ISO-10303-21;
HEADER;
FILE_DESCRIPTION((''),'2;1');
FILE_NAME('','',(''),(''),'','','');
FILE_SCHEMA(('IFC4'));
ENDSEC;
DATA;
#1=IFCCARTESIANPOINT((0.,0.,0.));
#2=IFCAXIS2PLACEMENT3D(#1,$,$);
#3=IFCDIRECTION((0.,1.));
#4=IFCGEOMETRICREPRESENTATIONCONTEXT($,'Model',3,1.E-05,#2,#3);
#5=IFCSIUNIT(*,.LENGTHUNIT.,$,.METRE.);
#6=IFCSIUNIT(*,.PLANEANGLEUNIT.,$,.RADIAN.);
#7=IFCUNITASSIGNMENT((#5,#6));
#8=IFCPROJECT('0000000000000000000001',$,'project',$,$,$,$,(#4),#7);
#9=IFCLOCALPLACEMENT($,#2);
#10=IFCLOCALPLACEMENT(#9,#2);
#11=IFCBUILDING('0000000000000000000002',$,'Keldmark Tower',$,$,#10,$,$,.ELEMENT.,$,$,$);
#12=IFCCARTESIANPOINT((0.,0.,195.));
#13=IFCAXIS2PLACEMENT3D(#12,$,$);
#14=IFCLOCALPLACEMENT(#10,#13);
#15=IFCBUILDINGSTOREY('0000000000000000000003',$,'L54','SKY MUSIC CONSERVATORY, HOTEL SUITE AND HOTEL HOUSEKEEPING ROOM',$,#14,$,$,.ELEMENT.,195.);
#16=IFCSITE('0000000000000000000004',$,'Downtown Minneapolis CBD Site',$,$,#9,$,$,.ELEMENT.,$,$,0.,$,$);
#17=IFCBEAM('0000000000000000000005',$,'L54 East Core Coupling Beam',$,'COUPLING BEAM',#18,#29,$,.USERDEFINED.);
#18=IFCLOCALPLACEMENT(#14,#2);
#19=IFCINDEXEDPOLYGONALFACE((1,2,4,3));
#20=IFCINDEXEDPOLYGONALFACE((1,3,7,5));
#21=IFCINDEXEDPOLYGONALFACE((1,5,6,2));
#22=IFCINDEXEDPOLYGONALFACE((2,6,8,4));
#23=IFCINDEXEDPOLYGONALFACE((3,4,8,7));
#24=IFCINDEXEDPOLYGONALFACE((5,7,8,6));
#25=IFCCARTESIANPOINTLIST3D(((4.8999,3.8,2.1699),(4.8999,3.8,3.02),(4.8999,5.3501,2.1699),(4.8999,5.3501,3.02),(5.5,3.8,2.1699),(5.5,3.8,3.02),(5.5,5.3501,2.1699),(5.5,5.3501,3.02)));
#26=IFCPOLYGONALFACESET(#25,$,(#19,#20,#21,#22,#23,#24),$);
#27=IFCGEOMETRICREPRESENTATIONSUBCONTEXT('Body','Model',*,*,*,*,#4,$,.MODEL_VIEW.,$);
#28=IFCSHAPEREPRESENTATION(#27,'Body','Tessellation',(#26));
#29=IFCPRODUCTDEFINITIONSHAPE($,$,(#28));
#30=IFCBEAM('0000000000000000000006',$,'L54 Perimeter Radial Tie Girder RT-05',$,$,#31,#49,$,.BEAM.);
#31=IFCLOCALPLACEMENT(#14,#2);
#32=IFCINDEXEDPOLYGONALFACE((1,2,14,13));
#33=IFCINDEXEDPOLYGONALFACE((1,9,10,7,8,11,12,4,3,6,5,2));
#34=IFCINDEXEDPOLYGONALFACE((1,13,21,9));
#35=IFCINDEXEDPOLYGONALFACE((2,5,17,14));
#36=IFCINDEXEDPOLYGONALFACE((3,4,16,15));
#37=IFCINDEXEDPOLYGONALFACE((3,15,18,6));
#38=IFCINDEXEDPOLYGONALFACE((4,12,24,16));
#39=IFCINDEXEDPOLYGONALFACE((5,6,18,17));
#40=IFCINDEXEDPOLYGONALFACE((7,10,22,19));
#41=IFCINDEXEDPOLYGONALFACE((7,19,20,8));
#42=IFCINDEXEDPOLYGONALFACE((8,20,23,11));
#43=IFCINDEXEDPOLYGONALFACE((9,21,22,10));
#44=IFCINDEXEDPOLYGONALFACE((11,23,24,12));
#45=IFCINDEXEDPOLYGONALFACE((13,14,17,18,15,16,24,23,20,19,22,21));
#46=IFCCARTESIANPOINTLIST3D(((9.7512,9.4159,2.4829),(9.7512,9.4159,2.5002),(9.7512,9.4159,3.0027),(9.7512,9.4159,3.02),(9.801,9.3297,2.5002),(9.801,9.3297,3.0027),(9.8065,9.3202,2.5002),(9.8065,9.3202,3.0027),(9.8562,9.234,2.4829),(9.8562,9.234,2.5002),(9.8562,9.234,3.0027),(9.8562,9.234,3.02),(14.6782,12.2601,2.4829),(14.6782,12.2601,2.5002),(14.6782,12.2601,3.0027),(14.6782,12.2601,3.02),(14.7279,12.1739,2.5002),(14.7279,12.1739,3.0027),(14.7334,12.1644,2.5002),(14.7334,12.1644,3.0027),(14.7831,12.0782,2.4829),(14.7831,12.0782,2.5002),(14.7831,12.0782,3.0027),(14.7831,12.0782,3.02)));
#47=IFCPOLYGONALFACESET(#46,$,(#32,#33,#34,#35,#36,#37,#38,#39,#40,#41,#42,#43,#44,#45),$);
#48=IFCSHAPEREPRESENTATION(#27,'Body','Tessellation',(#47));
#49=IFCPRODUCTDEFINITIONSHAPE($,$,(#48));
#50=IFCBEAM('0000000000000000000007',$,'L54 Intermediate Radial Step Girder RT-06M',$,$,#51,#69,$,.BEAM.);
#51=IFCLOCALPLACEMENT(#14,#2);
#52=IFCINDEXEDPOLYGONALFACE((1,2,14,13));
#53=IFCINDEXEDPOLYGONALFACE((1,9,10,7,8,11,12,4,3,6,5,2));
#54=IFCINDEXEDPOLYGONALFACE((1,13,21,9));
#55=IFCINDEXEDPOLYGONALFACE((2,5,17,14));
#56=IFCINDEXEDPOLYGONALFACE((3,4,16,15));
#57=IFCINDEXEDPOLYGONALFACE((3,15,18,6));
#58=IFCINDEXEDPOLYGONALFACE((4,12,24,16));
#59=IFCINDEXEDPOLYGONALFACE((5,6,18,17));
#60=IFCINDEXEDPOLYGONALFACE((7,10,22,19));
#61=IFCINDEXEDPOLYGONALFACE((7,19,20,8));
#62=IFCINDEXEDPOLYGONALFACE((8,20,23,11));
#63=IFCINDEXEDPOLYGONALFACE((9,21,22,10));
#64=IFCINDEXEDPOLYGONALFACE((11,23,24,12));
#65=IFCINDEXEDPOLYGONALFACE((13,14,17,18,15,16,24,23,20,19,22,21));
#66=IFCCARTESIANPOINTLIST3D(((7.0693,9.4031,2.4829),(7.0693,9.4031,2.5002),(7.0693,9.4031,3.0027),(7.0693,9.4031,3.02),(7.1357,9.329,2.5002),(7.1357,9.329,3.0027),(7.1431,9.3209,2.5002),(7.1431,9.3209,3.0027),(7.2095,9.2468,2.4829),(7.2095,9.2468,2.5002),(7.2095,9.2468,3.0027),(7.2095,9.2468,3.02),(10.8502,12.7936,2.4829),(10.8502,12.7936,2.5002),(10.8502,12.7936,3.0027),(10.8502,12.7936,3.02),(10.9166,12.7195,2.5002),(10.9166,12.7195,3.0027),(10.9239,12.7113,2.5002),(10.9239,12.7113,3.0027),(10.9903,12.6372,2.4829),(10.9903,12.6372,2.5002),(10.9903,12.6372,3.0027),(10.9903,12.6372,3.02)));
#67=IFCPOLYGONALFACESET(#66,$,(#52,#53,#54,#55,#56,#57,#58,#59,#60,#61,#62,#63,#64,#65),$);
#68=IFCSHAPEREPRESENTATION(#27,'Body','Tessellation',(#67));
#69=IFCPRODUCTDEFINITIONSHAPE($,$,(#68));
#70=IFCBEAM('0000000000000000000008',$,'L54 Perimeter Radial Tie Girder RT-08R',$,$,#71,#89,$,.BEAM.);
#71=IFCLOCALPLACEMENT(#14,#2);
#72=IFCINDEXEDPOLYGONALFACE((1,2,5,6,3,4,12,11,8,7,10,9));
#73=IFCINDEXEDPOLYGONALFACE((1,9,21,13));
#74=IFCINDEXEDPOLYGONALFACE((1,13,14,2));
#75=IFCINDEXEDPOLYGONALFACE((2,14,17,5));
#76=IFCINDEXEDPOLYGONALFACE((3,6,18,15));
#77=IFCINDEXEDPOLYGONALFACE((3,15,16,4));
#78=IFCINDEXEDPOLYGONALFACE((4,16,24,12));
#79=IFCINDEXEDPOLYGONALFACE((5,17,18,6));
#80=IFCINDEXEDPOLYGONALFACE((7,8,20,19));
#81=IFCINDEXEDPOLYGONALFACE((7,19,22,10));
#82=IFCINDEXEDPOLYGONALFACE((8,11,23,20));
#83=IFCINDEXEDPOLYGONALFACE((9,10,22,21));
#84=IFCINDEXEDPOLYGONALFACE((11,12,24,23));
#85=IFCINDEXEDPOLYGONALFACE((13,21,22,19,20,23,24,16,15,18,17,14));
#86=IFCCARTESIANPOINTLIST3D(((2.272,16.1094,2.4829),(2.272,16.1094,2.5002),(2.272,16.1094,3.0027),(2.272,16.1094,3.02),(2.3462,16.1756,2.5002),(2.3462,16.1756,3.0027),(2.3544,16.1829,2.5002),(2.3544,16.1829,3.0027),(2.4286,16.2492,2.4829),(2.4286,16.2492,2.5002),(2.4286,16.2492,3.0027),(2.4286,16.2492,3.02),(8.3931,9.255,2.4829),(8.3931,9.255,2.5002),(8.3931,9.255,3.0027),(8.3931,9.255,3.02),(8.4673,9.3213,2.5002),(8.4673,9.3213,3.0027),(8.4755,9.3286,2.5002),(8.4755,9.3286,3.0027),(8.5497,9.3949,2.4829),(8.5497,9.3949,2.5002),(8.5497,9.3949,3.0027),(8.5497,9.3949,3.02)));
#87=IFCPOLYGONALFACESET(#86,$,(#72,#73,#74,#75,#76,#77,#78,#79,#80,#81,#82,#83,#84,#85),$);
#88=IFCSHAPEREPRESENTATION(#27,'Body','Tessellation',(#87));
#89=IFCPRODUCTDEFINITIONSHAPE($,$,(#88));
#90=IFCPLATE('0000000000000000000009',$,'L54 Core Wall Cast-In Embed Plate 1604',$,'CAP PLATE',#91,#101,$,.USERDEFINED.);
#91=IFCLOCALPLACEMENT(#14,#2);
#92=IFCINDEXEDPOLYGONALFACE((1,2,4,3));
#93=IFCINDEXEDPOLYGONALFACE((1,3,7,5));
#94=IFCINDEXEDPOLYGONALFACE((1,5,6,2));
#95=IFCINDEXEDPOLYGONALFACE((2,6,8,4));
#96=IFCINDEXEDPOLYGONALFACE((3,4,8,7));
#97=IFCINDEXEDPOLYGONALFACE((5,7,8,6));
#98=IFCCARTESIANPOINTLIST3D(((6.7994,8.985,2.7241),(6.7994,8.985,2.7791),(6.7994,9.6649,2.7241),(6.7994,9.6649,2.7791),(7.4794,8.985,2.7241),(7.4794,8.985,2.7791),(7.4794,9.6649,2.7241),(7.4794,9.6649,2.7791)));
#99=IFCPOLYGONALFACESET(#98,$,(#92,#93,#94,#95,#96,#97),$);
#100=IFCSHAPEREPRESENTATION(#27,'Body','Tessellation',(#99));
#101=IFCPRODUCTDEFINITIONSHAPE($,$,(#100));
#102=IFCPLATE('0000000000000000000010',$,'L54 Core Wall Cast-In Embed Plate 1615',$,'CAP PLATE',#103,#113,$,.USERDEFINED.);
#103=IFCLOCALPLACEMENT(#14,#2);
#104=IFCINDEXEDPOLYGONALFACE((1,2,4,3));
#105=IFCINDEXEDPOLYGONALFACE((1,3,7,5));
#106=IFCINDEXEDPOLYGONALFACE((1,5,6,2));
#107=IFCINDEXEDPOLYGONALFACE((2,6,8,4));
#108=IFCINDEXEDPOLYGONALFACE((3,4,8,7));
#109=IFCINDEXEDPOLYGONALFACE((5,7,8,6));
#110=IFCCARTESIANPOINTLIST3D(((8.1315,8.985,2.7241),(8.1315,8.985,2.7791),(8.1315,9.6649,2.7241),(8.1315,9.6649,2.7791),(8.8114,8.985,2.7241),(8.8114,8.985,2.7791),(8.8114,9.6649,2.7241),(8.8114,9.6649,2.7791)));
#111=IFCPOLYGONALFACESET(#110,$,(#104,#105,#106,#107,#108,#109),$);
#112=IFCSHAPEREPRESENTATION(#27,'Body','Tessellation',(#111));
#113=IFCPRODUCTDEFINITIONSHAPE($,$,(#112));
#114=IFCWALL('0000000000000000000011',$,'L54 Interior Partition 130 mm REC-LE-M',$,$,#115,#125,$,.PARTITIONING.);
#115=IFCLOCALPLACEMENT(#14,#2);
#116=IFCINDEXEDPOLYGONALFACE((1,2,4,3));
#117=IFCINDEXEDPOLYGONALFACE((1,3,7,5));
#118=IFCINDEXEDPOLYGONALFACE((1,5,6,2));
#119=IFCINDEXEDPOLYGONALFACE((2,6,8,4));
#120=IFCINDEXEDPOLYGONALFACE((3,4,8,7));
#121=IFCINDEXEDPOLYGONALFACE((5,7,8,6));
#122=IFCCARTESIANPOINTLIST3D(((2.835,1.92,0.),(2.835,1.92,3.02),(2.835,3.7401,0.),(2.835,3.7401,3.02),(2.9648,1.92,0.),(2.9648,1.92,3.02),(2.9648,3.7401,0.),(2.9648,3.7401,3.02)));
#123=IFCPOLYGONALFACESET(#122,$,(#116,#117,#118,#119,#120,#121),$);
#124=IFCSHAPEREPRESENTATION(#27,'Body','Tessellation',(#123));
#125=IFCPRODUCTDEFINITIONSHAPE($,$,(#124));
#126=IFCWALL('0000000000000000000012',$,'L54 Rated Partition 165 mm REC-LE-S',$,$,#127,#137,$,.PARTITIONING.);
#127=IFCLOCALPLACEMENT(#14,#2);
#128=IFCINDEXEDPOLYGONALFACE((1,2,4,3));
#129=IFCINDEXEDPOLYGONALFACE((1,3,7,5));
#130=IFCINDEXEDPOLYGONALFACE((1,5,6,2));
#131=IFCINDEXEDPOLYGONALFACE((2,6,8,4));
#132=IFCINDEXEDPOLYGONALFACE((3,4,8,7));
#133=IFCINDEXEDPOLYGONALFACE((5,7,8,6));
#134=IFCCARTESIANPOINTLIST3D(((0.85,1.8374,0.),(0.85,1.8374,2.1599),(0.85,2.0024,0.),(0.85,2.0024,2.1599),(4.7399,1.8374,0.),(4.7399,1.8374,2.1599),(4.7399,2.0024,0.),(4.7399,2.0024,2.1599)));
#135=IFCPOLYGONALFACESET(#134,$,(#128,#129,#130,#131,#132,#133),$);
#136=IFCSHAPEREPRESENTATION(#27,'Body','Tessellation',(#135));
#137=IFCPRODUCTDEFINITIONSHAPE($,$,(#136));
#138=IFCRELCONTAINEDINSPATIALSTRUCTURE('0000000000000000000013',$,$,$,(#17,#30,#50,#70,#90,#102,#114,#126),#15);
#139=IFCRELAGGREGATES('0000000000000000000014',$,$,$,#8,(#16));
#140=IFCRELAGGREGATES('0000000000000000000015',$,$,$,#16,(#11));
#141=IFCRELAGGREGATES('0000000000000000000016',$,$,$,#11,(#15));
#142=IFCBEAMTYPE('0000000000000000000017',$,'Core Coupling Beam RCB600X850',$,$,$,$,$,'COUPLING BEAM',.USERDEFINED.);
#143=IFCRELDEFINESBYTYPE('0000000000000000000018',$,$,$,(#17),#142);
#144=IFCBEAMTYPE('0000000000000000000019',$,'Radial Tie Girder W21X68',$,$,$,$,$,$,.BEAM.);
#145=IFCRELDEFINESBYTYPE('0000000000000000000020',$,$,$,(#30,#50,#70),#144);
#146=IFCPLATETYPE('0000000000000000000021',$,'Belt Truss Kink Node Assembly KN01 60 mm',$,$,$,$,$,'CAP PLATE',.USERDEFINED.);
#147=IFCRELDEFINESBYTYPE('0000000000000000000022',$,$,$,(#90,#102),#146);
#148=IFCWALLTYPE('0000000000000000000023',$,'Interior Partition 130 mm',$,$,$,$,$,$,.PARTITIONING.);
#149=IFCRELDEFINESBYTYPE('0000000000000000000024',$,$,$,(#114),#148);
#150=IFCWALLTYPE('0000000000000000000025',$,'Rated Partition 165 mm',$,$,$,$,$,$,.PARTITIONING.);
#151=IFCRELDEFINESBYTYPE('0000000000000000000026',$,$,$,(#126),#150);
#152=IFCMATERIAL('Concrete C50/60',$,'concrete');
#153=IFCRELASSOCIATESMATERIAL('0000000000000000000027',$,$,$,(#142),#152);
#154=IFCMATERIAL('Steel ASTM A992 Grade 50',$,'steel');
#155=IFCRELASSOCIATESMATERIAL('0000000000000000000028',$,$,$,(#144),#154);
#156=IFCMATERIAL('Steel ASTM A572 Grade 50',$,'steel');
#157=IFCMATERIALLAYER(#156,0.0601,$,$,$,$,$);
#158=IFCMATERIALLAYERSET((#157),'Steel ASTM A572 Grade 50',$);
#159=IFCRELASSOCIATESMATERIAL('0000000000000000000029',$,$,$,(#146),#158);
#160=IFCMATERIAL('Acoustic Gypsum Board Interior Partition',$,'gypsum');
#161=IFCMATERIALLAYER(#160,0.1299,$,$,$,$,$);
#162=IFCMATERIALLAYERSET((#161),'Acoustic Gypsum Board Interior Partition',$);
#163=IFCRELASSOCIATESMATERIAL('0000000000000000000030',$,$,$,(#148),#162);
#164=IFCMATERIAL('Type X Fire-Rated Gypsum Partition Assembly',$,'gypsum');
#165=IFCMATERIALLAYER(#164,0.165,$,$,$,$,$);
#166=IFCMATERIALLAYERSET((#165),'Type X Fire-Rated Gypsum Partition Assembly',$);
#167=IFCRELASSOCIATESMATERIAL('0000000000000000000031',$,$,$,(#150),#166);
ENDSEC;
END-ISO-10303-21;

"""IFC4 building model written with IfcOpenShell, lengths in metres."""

from ifc_helpers import new_model, si_unit, direction, frame, frame_2d, origin, origin_2d, place, context, subcontext, project, spatial, rectangle, i_section, extrude, material, layer, layer_set, material_profile, profile_set, type_object, element, save


model = new_model("IFC4")

# Units and contexts
model_context = context("Model", 3, precision=1e-05, world=origin(), true_north=direction((0.0, 1.0)))
body_context = subcontext(model_context, "Body", "Model", "MODEL_VIEW")
ifc_project = project(units=[si_unit("LENGTHUNIT", "METRE"), si_unit("PLANEANGLEUNIT", "RADIAN")], contexts=[model_context])

# Site, building, storey
site_placement = place(None, origin())
site = spatial("IfcSite", under=ifc_project, at=site_placement, Name="Downtown Minneapolis CBD Site", CompositionType="ELEMENT", RefElevation=0.0)
building_placement = place(site_placement, origin())
building = spatial("IfcBuilding", under=site, at=building_placement, Name="Keldmark Tower", CompositionType="ELEMENT")
storey_placement = place(building_placement, frame((0.0, 0.0, 195.0)))
storey = spatial("IfcBuildingStorey", under=building, at=storey_placement, Name="L54", Description="SKY MUSIC CONSERVATORY, HOTEL SUITE AND HOTEL HOUSEKEEPING ROOM", CompositionType="ELEMENT", Elevation=195.0)

# Beams
ifc_material_1 = material(Name="Concrete C50/60", Category="concrete")
ifc_material_profile_1 = material_profile(ifc_material_1, rectangle(XDim=0.6001, YDim=0.8501, at=origin_2d()), Name="RCB600X850")
ifc_profile_set_1 = profile_set([ifc_material_profile_1], Name="Concrete C50/60")
beam_type_1 = type_object("IfcBeamType", Name="Core Coupling Beam RCB600X850", ElementType="COUPLING BEAM", PredefinedType="USERDEFINED", material=ifc_profile_set_1)
beam_1_placement = place(storey_placement, frame((5.2, 3.8, 2.595), z_axis=(0.0, 1.0, 0.0), x_axis=(-1.0, 0.0, 0.0)))
element("IfcBeam", 1, at=beam_1_placement, inside=storey, type_object=beam_type_1, Name="L54 East Core Coupling Beam", ObjectType="COUPLING BEAM", PredefinedType="USERDEFINED", context=body_context, shape_type="SweptSolid", body=[
    extrude(rectangle(XDim=0.6001, YDim=0.8501, at=origin_2d()), origin(), (0.0, 0.0, 1.0), 1.55),
])
ifc_material_2 = material(Name="Steel ASTM A992 Grade 50", Category="steel")
ifc_material_profile_2 = material_profile(ifc_material_2, i_section(OverallWidth=0.21, OverallDepth=0.5371, WebThickness=0.011, FlangeThickness=0.0173, at=origin_2d()), Name="W21X68")
ifc_profile_set_2 = profile_set([ifc_material_profile_2], Name="Steel ASTM A992 Grade 50")
beam_type_2 = type_object("IfcBeamType", Name="Radial Tie Girder W21X68", PredefinedType="BEAM", material=ifc_profile_set_2)
beam_2_placement = place(storey_placement, frame((9.8037, 9.325, 2.7515), z_axis=(0.866053, 0.499952, 0.0), x_axis=(-0.499952, 0.866053, 0.0)))
element("IfcBeam", 2, at=beam_2_placement, inside=storey, type_object=beam_type_2, Name="L54 Perimeter Radial Tie Girder RT-05", PredefinedType="BEAM", context=body_context, shape_type="SweptSolid", body=[
    extrude(i_section(OverallWidth=0.21, OverallDepth=0.5371, WebThickness=0.011, FlangeThickness=0.0173, at=origin_2d()), origin(), (0.0, 0.0, 1.0), 5.689),
])
beam_3_placement = place(storey_placement, frame((7.1394, 9.325, 2.7515), z_axis=(0.744498, 0.667625, 0.0), x_axis=(-0.667625, 0.744498, 0.0)))
element("IfcBeam", 3, at=beam_3_placement, inside=storey, type_object=beam_type_2, Name="L54 Intermediate Radial Step Girder RT-06M", PredefinedType="BEAM", context=body_context, shape_type="SweptSolid", body=[
    extrude(i_section(OverallWidth=0.21, OverallDepth=0.5371, WebThickness=0.011, FlangeThickness=0.0173, at=origin_2d()), origin(), (0.0, 0.0, 1.0), 5.0784),
])
beam_4_placement = place(storey_placement, frame((8.4714, 9.325, 2.7515), z_axis=(-0.66609, 0.745871, 0.0), x_axis=(-0.745871, -0.66609, 0.0)))
element("IfcBeam", 4, at=beam_4_placement, inside=storey, type_object=beam_type_2, Name="L54 Perimeter Radial Tie Girder RT-08R", PredefinedType="BEAM", context=body_context, shape_type="SweptSolid", body=[
    extrude(i_section(OverallWidth=0.21, OverallDepth=0.5371, WebThickness=0.011, FlangeThickness=0.0173, at=origin_2d()), origin(), (0.0, 0.0, 1.0), 9.1897),
])

# Plates
ifc_material_3 = material(Name="Steel ASTM A572 Grade 50", Category="steel")
ifc_layer_1 = layer(ifc_material_3, 0.0601)
ifc_layer_set_1 = layer_set([ifc_layer_1], Name="Steel ASTM A572 Grade 50")
plate_type = type_object("IfcPlateType", Name="Belt Truss Kink Node Assembly KN01 60 mm", ElementType="CAP PLATE", PredefinedType="USERDEFINED", material=ifc_layer_set_1)
for number, where, z_axis, x_axis, name in (
    (5, (7.1394, 9.325, 2.7241), (0.0, 0.0, 1.0), (1.0, 0.0, 0.0), "L54 Core Wall Cast-In Embed Plate 1604"),
    (6, (8.4714, 9.325, 2.7241), (0.0, 0.0, 1.0), (1.0, 0.0, 0.0), "L54 Core Wall Cast-In Embed Plate 1615"),
):
    element("IfcPlate", number, at=place(storey_placement, frame(where, z_axis=z_axis, x_axis=x_axis)), inside=storey, type_object=plate_type, Name=name, ObjectType="CAP PLATE", PredefinedType="USERDEFINED", context=body_context, shape_type="SweptSolid", body=[
        extrude(rectangle(XDim=0.6799, YDim=0.6799, at=origin_2d()), origin(), (0.0, 0.0, 1.0), 0.0549),
    ])

# Walls
ifc_material_4 = material(Name="Acoustic Gypsum Board Interior Partition", Category="gypsum")
ifc_layer_2 = layer(ifc_material_4, 0.1299)
ifc_layer_set_2 = layer_set([ifc_layer_2], Name="Acoustic Gypsum Board Interior Partition")
wall_type_1 = type_object("IfcWallType", Name="Interior Partition 130 mm", PredefinedType="PARTITIONING", material=ifc_layer_set_2)
wall_1_placement = place(storey_placement, frame((2.8999, 1.9199, 0.0), z_axis=(0.0, 0.0, 1.0), x_axis=(0.0, 1.0, 0.0)))
element("IfcWall", 7, at=wall_1_placement, inside=storey, type_object=wall_type_1, Name="L54 Interior Partition 130 mm REC-LE-M", PredefinedType="PARTITIONING", context=body_context, shape_type="SweptSolid", body=[
    extrude(rectangle(XDim=1.8201, YDim=0.1299, at=frame_2d((0.9102, 0.0))), origin(), (0.0, 0.0, 1.0), 3.02),
])
ifc_material_5 = material(Name="Type X Fire-Rated Gypsum Partition Assembly", Category="gypsum")
ifc_layer_3 = layer(ifc_material_5, 0.165)
ifc_layer_set_3 = layer_set([ifc_layer_3], Name="Type X Fire-Rated Gypsum Partition Assembly")
wall_type_2 = type_object("IfcWallType", Name="Rated Partition 165 mm", PredefinedType="PARTITIONING", material=ifc_layer_set_3)
wall_2_placement = place(storey_placement, frame((0.8501, 1.9199, 0.0), z_axis=(0.0, 0.0, 1.0), x_axis=(1.0, 0.0, 0.0)))
element("IfcWall", 8, at=wall_2_placement, inside=storey, type_object=wall_type_2, Name="L54 Rated Partition 165 mm REC-LE-S", PredefinedType="PARTITIONING", context=body_context, shape_type="SweptSolid", body=[
    extrude(rectangle(XDim=3.8899, YDim=0.165, at=frame_2d((1.9448, 0.0))), origin(), (0.0, 0.0, 1.0), 2.1599),
])

save(model, "model.ifc")
